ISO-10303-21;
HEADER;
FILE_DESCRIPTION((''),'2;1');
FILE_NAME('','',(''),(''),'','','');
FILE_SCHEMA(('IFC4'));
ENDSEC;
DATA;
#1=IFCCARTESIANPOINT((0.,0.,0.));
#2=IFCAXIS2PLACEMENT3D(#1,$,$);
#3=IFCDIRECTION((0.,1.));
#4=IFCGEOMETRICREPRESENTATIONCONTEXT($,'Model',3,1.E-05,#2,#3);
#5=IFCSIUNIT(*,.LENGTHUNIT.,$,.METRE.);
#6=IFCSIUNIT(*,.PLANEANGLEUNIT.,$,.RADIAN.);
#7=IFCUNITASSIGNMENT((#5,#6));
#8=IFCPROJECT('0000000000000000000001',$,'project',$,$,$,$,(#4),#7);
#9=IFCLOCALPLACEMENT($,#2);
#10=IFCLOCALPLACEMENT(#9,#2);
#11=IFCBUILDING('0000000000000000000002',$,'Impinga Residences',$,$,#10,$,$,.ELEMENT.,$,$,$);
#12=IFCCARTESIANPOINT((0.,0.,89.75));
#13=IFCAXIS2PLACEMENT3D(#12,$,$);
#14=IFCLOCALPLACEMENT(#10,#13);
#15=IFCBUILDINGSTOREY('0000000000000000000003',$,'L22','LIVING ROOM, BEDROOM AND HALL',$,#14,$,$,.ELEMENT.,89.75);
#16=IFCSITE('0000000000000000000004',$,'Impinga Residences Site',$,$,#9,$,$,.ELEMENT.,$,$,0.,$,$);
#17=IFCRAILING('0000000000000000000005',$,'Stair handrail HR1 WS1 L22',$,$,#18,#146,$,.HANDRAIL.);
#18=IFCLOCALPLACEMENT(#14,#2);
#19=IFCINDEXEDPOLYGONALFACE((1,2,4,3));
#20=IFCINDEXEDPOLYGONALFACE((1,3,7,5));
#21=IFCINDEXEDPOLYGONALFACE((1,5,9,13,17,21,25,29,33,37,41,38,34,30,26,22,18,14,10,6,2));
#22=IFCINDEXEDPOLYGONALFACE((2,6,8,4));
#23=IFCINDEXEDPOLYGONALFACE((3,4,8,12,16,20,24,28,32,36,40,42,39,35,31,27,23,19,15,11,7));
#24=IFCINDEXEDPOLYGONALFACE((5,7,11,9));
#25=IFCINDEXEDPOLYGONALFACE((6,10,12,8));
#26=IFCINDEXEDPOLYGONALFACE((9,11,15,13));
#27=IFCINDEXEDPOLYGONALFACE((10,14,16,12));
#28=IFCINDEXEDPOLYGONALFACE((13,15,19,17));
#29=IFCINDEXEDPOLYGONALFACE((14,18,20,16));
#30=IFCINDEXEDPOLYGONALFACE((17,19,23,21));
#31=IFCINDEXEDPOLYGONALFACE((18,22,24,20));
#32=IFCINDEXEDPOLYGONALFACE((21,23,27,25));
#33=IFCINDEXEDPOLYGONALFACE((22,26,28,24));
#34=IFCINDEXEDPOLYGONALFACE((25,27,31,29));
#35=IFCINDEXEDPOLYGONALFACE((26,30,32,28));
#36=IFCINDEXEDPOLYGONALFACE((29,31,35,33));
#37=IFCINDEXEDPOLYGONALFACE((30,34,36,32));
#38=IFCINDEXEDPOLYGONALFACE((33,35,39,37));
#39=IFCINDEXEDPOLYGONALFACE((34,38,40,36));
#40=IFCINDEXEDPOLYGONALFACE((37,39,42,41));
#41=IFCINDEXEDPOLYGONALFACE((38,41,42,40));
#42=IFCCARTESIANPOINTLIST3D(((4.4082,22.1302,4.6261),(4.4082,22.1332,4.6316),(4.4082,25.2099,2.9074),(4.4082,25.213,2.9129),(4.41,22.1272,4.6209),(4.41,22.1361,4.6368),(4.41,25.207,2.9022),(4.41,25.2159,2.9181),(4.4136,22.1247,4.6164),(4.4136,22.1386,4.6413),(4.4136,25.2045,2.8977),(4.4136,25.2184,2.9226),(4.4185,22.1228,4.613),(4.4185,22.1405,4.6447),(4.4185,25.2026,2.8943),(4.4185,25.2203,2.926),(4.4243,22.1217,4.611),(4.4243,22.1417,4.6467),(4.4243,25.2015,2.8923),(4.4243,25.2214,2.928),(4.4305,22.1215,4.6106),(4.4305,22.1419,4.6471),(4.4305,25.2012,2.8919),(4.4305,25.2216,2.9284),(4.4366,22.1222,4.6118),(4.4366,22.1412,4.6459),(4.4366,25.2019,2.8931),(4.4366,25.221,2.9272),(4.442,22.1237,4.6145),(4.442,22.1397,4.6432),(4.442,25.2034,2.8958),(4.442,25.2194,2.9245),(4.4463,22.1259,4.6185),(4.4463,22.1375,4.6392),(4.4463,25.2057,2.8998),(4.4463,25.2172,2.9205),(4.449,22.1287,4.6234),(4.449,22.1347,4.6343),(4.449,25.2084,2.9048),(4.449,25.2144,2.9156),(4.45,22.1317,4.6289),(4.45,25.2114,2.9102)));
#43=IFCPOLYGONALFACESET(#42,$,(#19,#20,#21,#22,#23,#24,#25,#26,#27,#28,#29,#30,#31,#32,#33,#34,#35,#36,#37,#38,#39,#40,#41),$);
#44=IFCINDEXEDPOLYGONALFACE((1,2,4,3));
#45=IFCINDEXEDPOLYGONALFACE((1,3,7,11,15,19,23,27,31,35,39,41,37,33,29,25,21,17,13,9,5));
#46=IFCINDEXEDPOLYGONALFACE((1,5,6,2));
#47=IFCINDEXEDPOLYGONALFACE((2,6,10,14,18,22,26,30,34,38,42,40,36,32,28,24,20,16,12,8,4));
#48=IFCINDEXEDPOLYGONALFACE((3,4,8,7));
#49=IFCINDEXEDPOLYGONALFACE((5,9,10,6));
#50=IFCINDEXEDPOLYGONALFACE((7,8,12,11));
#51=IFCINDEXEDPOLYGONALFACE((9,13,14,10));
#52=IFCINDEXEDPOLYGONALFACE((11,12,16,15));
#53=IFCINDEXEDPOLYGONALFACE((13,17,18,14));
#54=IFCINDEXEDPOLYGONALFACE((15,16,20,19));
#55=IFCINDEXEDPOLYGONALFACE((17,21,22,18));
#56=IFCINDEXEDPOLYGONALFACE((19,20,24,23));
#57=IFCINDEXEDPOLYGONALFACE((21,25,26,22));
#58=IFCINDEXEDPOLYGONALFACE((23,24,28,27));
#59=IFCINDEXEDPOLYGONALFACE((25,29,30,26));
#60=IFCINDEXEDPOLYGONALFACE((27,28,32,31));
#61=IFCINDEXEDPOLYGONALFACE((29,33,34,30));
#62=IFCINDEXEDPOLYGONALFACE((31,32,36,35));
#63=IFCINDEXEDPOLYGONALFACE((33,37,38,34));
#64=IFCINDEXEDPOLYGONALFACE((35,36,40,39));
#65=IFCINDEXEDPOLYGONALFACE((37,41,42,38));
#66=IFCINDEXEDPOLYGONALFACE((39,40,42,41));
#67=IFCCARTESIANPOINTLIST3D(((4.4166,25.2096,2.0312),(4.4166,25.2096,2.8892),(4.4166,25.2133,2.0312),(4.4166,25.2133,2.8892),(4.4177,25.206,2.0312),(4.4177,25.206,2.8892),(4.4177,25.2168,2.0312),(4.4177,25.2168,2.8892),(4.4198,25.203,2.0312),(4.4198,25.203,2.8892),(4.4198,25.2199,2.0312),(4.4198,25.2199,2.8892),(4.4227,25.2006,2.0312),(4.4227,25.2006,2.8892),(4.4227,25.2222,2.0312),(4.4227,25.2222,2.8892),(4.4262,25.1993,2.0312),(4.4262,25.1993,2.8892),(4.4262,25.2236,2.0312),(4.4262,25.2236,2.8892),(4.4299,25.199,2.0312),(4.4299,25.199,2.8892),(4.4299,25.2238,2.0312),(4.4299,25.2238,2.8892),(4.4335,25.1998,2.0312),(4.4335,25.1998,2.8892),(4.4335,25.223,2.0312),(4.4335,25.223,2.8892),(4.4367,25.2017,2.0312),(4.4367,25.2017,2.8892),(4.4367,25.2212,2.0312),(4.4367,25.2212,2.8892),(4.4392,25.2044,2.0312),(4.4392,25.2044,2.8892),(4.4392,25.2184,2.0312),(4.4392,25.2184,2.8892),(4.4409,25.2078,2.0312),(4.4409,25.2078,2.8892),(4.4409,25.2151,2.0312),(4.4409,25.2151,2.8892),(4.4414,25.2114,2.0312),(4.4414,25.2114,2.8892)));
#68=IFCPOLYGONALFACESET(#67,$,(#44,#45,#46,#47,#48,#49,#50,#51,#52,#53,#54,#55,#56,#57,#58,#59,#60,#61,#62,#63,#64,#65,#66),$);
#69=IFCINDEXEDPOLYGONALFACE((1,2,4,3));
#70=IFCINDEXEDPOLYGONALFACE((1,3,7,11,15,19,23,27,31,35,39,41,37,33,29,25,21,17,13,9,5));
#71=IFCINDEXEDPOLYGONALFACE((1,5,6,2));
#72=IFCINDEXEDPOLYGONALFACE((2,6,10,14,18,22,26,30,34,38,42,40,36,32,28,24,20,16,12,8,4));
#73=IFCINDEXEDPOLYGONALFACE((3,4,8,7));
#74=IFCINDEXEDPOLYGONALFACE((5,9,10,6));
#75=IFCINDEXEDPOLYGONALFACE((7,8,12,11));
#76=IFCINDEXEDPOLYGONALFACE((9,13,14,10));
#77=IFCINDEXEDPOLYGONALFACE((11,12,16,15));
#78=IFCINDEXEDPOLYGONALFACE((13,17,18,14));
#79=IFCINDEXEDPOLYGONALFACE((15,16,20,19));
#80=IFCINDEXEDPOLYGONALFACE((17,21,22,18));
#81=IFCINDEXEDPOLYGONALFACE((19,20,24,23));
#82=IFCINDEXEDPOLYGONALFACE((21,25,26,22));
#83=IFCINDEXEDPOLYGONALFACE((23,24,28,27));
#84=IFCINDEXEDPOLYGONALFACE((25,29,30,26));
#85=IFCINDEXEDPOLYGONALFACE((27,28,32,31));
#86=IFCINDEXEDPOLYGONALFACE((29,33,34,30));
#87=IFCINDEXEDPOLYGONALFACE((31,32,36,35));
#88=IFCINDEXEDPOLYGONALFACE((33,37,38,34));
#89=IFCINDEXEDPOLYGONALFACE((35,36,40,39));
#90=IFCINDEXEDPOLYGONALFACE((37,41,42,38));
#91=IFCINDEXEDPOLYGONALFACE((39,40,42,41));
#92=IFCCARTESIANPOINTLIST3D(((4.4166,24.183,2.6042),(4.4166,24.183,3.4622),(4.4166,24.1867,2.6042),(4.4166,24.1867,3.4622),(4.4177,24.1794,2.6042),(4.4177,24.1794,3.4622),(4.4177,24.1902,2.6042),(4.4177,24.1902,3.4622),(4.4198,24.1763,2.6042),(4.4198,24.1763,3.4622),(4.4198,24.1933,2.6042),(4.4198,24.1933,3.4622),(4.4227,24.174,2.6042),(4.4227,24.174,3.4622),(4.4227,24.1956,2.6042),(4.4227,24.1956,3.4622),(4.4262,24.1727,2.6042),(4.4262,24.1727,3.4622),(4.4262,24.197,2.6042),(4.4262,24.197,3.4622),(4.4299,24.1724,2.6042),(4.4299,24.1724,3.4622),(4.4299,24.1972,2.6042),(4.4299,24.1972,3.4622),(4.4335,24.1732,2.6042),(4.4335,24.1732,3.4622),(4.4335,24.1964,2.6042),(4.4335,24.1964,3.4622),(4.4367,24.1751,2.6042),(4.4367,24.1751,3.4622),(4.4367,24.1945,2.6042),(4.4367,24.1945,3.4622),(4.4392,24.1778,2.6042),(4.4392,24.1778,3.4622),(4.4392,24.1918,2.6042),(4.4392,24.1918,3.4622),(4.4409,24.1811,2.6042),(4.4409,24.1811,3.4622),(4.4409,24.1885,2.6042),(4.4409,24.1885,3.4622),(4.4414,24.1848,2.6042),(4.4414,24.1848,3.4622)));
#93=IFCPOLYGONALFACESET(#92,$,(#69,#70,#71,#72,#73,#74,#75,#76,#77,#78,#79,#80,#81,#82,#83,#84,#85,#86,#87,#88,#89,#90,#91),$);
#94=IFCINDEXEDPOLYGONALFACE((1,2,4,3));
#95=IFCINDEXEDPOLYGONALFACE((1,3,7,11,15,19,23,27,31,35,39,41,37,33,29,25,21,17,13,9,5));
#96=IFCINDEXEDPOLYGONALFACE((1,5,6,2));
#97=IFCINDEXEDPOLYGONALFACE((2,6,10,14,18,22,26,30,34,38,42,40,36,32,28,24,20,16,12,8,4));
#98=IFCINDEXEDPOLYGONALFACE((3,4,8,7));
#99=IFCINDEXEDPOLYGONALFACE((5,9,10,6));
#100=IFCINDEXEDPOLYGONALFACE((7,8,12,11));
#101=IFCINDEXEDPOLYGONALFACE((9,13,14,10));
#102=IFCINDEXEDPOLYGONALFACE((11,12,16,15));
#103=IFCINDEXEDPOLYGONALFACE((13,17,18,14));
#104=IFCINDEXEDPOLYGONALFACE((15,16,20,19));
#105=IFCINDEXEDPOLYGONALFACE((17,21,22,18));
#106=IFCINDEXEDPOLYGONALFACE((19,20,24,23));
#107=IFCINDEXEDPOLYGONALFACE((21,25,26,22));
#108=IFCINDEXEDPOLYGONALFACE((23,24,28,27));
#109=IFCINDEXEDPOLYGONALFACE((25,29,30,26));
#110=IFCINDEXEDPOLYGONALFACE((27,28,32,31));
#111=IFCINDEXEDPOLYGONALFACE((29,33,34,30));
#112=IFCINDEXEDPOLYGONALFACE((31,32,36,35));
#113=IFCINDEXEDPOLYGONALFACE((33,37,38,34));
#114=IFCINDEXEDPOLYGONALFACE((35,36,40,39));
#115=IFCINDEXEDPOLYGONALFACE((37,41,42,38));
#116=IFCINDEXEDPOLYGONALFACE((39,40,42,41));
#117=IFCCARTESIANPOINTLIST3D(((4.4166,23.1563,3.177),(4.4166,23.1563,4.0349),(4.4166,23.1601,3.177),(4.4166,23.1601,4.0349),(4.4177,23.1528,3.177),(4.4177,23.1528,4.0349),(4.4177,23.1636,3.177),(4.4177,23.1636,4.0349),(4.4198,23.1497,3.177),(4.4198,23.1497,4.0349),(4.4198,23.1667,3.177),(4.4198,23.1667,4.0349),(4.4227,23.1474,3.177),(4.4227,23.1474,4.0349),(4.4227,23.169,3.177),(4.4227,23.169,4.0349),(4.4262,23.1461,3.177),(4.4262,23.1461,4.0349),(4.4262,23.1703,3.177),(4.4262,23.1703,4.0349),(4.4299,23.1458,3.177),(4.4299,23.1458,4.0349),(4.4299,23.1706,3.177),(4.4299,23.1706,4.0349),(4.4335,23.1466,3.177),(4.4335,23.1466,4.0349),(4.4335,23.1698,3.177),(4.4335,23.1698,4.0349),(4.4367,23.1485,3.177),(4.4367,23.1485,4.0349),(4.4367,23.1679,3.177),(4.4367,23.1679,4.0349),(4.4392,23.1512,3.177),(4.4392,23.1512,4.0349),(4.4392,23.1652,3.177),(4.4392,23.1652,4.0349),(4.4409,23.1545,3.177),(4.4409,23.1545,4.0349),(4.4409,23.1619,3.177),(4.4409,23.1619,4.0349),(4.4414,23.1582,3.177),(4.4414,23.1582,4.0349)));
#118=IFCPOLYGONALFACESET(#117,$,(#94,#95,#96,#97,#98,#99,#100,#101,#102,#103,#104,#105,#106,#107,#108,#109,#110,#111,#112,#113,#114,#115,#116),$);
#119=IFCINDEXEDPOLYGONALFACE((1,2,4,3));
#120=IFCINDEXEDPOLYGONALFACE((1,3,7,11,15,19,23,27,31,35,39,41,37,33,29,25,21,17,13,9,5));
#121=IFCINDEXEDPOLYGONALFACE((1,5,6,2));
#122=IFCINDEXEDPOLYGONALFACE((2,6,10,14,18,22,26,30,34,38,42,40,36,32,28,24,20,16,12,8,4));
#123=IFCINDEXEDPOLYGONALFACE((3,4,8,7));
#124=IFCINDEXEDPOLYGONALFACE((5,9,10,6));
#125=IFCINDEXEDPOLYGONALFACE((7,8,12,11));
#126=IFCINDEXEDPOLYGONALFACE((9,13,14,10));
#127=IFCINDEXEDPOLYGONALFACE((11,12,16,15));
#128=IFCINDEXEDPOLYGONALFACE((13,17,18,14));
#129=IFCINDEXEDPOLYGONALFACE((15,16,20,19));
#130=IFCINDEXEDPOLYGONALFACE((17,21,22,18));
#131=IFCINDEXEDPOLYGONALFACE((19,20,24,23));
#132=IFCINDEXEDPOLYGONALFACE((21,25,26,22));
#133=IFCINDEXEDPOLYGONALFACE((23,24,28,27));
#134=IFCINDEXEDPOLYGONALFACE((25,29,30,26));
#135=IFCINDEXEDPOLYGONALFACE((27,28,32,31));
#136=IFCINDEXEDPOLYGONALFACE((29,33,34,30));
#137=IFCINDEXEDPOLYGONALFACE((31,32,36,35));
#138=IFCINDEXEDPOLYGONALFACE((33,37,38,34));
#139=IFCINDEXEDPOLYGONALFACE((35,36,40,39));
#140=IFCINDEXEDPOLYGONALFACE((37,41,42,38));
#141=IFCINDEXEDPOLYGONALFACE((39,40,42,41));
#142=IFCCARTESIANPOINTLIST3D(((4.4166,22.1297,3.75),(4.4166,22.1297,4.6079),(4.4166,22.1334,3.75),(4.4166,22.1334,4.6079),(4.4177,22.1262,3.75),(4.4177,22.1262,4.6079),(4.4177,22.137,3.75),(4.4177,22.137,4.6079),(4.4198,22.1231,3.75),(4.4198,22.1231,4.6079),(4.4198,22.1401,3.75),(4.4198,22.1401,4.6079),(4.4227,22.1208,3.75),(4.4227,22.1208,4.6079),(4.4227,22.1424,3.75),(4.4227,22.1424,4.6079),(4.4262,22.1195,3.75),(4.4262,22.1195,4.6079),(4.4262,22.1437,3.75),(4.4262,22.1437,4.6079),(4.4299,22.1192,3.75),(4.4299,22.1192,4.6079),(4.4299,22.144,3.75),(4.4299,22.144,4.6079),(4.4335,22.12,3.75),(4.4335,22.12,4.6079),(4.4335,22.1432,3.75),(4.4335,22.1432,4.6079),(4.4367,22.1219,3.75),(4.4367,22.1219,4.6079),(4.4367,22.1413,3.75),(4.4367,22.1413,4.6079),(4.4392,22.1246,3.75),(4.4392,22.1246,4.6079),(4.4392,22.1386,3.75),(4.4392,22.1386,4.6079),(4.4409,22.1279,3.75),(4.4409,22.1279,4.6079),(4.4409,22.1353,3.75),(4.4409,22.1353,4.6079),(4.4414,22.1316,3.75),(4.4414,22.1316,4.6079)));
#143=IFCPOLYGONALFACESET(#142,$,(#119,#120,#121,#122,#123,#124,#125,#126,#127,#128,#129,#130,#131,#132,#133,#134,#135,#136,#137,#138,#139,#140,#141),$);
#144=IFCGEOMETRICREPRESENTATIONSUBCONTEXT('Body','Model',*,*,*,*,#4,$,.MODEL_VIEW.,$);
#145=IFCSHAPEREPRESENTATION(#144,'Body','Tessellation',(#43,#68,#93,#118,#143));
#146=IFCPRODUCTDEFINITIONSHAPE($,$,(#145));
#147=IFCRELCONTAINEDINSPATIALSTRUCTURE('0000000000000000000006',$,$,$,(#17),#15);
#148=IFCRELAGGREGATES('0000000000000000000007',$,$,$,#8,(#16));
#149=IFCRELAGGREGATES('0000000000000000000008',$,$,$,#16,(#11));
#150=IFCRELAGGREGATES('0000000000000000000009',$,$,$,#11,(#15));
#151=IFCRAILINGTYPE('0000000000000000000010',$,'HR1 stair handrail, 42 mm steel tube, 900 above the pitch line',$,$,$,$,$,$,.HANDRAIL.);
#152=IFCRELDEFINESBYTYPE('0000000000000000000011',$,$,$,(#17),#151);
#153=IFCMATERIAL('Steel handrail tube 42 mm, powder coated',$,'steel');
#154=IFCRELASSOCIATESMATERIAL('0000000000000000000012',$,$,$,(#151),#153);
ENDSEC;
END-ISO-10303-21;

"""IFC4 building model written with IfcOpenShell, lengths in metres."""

from ifc_helpers import new_model, si_unit, direction, frame, origin, origin_2d, place, context, subcontext, project, spatial, circle, extrude, material, type_object, element, save


model = new_model("IFC4")

# Units and contexts
model_context = context("Model", 3, precision=1e-05, world=origin(), true_north=direction((0.0, 1.0)))
body_context = subcontext(model_context, "Body", "Model", "MODEL_VIEW")
ifc_project = project(units=[si_unit("LENGTHUNIT", "METRE"), si_unit("PLANEANGLEUNIT", "RADIAN")], contexts=[model_context])

# Site, building, storey
site_placement = place(None, origin())
site = spatial("IfcSite", under=ifc_project, at=site_placement, Name="Impinga Residences Site", CompositionType="ELEMENT", RefElevation=0.0)
building_placement = place(site_placement, origin())
building = spatial("IfcBuilding", under=site, at=building_placement, Name="Impinga Residences", CompositionType="ELEMENT")
storey_placement = place(building_placement, frame((0.0, 0.0, 89.75)))
storey = spatial("IfcBuildingStorey", under=building, at=storey_placement, Name="L22", Description="LIVING ROOM, BEDROOM AND HALL", CompositionType="ELEMENT", Elevation=89.75)

# Railing
ifc_material_1 = material(Name="Steel handrail tube 42 mm, powder coated", Category="steel")
railing_type_1 = type_object("IfcRailingType", Name="HR1 stair handrail, 42 mm steel tube, 900 above the pitch line", PredefinedType="HANDRAIL", material=ifc_material_1)
railing_1_placement = place(storey_placement, frame((4.429, 25.2114, 2.0312)))
element("IfcRailing", 1, at=railing_1_placement, inside=storey, type_object=railing_type_1, Name="Stair handrail HR1 WS1 L22", PredefinedType="HANDRAIL", context=body_context, shape_type="SweptSolid", body=[
    extrude(circle(Radius=0.021, at=origin_2d()), frame((0.0, 0.0, 0.8789), z_axis=(0.0, -0.873225, 0.487317), x_axis=(1.0, 0.0, 0.0)), (0.0, 0.0, 1.0), 3.5269),
    extrude(circle(Radius=0.0125, at=origin_2d()), origin(), (0.0, 0.0, 1.0), 0.8579),
    extrude(circle(Radius=0.0125, at=origin_2d()), frame((0.0, -1.0266, 0.573)), (0.0, 0.0, 1.0), 0.8579),
    extrude(circle(Radius=0.0125, at=origin_2d()), frame((0.0, -2.0532, 1.1458)), (0.0, 0.0, 1.0), 0.8579),
    extrude(circle(Radius=0.0125, at=origin_2d()), frame((0.0, -3.0798, 1.7188)), (0.0, 0.0, 1.0), 0.8579),
])

save(model, "model.ifc")
